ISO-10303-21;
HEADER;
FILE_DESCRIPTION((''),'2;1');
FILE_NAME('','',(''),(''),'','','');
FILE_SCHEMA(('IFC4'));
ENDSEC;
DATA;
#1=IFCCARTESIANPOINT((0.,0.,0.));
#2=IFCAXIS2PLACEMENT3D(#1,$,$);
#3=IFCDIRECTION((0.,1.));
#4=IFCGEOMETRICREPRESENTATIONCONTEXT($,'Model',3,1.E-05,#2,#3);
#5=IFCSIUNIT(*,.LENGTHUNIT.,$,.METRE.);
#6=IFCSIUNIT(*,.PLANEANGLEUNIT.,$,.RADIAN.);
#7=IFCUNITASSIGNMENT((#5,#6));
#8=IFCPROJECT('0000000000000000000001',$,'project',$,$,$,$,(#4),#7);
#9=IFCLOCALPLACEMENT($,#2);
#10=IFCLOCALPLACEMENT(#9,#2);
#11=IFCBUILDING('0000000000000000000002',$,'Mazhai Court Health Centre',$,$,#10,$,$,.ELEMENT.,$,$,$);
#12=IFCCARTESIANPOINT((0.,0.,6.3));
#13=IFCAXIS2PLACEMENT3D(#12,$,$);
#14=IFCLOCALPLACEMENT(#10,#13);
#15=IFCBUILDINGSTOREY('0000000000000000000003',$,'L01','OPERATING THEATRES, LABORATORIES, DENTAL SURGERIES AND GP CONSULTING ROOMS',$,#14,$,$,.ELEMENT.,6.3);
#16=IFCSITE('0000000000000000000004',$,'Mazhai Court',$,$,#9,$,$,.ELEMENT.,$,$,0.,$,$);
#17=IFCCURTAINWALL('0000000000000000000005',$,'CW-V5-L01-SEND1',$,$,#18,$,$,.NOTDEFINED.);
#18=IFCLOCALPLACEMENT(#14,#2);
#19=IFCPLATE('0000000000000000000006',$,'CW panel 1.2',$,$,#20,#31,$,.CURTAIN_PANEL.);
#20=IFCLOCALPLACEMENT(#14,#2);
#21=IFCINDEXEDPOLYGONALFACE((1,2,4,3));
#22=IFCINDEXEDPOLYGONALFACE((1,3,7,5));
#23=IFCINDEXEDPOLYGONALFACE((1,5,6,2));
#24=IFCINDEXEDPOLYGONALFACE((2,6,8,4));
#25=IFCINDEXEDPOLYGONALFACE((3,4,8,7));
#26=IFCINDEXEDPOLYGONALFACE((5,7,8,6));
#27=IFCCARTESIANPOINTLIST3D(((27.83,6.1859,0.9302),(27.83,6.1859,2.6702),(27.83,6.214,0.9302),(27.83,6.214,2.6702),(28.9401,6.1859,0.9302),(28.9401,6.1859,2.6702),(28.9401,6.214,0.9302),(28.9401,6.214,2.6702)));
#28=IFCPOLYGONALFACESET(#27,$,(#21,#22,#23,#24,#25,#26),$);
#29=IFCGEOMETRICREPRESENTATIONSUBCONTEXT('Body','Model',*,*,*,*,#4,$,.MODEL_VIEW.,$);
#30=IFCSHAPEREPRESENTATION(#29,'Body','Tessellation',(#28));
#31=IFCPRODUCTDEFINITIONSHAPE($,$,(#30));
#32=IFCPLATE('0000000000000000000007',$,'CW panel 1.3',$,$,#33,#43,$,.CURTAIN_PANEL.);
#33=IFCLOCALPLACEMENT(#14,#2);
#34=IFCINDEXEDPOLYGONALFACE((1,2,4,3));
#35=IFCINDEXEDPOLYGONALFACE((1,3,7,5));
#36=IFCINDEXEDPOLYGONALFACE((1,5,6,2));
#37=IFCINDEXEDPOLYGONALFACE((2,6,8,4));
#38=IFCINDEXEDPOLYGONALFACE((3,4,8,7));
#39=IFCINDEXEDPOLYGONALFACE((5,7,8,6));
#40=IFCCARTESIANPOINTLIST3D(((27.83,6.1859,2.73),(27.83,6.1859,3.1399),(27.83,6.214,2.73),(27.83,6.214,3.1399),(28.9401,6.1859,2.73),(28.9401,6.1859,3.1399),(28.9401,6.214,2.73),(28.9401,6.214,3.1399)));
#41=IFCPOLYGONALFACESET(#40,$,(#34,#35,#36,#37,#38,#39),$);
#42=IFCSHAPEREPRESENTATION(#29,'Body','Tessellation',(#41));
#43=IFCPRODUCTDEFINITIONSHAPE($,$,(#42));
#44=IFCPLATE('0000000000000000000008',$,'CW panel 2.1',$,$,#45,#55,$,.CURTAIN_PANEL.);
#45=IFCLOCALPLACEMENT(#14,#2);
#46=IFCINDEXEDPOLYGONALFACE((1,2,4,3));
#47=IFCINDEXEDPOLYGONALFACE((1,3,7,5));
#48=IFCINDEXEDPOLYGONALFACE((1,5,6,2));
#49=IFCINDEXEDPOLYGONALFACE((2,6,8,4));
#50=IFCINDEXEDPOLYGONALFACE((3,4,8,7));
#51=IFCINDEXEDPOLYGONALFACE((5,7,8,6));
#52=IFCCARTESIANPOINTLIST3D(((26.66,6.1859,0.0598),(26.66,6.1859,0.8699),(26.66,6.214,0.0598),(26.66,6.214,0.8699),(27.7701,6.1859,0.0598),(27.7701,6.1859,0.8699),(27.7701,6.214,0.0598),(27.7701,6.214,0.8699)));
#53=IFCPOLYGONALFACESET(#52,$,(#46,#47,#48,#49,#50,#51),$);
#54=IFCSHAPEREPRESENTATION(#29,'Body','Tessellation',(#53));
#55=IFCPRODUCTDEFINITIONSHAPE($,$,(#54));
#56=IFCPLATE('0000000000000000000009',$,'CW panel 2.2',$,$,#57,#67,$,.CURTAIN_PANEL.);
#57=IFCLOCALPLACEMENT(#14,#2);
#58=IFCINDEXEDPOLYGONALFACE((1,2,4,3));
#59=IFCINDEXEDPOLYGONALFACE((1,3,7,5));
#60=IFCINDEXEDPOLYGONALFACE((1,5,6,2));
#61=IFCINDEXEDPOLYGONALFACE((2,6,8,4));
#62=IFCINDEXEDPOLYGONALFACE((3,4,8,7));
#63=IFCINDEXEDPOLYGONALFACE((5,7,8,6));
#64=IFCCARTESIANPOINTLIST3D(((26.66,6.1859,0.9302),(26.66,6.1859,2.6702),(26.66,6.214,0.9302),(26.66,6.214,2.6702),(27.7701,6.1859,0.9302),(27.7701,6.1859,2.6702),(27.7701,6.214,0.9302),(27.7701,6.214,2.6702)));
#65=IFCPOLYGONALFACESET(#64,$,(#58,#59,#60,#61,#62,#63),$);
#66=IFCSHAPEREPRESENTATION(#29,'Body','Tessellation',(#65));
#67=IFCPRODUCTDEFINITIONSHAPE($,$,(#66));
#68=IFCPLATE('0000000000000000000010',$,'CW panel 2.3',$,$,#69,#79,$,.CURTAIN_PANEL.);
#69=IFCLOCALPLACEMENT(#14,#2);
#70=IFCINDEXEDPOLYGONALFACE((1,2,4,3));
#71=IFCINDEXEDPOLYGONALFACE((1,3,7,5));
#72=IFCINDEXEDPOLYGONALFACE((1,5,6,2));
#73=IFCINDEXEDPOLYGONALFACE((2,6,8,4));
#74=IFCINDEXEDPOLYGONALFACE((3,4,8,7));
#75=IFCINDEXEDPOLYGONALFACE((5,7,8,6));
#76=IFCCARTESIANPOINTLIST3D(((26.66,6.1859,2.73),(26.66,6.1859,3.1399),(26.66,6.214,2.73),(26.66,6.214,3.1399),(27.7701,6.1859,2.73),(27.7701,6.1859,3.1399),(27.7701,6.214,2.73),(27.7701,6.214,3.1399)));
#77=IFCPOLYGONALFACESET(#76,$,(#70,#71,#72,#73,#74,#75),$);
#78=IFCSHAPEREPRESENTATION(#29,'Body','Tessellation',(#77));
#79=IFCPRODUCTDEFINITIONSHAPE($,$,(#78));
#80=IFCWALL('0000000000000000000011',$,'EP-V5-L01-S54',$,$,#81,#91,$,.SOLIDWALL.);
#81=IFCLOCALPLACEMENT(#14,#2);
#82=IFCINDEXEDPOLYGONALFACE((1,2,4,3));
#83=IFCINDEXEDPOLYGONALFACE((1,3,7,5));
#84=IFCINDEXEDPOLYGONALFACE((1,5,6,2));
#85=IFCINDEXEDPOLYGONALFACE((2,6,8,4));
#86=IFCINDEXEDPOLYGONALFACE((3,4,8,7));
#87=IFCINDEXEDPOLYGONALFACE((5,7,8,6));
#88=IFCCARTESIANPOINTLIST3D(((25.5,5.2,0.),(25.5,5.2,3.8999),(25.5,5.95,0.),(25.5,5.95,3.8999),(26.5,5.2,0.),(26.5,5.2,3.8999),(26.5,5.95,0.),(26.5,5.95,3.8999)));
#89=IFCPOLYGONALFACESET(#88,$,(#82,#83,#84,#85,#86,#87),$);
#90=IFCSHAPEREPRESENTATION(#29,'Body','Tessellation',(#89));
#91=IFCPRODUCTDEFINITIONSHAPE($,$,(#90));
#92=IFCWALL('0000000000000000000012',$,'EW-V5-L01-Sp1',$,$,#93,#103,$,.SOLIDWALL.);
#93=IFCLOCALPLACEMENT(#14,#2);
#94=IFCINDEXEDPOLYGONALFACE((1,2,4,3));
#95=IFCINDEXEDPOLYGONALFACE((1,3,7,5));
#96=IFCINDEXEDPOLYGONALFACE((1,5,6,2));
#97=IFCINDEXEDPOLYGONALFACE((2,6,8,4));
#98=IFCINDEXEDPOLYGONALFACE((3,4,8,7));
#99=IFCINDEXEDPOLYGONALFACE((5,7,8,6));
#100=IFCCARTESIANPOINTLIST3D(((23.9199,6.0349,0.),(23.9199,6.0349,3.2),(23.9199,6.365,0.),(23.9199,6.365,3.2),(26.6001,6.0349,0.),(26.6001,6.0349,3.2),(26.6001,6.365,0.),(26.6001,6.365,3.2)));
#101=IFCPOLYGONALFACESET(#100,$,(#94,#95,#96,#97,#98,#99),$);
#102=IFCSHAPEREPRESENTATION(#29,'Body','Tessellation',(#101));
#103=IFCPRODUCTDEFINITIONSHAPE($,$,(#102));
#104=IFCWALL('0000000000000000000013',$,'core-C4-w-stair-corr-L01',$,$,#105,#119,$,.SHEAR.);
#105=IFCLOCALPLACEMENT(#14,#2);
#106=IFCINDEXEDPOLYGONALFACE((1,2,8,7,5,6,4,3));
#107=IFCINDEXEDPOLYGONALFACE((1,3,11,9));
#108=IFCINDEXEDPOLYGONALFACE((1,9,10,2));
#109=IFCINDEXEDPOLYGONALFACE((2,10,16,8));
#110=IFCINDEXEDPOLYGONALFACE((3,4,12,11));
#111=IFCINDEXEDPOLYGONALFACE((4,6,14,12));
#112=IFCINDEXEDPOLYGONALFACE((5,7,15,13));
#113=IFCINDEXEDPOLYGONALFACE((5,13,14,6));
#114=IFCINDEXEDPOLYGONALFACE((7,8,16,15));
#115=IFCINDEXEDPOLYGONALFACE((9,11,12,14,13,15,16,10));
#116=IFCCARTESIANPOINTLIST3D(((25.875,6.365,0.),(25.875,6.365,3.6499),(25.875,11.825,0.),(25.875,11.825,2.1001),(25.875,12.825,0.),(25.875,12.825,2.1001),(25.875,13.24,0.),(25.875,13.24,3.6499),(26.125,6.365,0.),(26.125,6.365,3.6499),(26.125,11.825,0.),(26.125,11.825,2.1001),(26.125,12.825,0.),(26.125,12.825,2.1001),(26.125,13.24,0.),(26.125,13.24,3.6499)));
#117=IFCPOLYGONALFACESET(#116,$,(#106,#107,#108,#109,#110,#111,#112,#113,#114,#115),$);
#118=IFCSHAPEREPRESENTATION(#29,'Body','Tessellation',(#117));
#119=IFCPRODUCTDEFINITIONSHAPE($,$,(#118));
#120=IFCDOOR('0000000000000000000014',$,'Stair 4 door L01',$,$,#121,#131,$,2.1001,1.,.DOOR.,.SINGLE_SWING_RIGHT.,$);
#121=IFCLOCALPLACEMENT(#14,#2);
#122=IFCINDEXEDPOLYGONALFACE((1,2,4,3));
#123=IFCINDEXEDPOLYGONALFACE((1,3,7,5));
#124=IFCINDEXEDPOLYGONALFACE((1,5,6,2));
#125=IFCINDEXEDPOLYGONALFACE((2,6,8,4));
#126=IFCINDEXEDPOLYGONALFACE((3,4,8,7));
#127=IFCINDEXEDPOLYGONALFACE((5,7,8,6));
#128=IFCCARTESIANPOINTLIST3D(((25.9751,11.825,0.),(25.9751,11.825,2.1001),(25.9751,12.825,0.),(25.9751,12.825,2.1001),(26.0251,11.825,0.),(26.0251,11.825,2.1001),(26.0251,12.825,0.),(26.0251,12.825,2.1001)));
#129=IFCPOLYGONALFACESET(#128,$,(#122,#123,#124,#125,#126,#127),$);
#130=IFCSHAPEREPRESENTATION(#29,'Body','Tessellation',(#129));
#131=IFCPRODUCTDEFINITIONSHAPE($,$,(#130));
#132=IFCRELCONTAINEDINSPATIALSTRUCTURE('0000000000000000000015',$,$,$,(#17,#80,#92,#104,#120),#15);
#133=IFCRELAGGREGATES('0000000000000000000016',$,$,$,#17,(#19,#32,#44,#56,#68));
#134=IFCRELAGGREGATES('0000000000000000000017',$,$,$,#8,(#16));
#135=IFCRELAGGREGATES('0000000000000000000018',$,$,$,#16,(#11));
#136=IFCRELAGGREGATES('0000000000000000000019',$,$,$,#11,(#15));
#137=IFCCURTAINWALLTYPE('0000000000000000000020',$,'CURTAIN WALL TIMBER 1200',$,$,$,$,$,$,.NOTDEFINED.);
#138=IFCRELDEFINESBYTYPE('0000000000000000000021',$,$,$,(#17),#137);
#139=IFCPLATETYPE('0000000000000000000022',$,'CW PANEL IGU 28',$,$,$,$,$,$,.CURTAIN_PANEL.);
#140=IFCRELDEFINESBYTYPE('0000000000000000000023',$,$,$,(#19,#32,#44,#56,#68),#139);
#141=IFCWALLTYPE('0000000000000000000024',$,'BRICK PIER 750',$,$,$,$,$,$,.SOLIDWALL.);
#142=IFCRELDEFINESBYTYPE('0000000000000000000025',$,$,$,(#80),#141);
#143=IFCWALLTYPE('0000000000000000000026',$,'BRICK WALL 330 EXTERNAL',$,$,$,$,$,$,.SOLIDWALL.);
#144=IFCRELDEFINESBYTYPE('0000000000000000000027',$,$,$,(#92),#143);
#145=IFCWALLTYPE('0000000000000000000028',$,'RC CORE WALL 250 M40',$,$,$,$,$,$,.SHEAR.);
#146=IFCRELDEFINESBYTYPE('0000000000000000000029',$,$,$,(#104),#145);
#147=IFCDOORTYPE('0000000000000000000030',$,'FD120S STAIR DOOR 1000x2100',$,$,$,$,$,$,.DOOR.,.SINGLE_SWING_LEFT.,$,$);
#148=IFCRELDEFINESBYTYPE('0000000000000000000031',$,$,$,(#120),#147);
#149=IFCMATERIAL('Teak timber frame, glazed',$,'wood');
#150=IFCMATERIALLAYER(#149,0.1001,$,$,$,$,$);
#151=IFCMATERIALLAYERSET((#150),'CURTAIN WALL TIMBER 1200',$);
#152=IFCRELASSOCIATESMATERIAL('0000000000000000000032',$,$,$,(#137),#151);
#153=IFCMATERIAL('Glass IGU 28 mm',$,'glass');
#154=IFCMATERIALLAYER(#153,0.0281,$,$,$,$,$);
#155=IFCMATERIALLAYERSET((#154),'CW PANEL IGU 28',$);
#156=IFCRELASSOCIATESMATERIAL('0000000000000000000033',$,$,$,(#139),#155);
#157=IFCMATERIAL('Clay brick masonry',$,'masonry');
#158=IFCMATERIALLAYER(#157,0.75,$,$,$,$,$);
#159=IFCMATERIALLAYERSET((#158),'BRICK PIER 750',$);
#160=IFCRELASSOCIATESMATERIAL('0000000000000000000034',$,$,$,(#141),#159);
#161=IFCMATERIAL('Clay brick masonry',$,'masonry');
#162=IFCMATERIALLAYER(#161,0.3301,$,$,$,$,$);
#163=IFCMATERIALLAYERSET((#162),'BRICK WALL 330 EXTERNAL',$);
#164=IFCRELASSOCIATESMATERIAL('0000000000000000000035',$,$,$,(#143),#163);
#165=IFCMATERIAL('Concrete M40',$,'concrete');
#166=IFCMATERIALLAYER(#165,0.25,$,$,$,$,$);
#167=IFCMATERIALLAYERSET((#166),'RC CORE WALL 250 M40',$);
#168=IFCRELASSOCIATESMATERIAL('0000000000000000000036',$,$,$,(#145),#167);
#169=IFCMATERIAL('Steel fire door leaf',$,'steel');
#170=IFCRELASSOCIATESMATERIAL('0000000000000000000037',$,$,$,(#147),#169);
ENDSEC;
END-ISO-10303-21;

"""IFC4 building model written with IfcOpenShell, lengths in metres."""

from ifc_helpers import new_model, si_unit, direction, frame, frame_2d, origin, origin_2d, place, context, subcontext, project, spatial, rectangle, extrude, material, layer, layer_set, type_object, element, fill, aggregate, save


model = new_model("IFC4")

# Units and contexts
model_context = context("Model", 3, precision=1e-05, world=origin(), true_north=direction((0.0, 1.0)))
body_context = subcontext(model_context, "Body", "Model", "MODEL_VIEW")
ifc_project = project(units=[si_unit("LENGTHUNIT", "METRE"), si_unit("PLANEANGLEUNIT", "RADIAN")], contexts=[model_context])

# Site, building, storey
site_placement = place(None, origin())
site = spatial("IfcSite", under=ifc_project, at=site_placement, Name="Mazhai Court", CompositionType="ELEMENT", RefElevation=0.0)
building_placement = place(site_placement, origin())
building = spatial("IfcBuilding", under=site, at=building_placement, Name="Mazhai Court Health Centre", CompositionType="ELEMENT")
storey_placement = place(building_placement, frame((0.0, 0.0, 6.3)))
storey = spatial("IfcBuildingStorey", under=building, at=storey_placement, Name="L01", Description="OPERATING THEATRES, LABORATORIES, DENTAL SURGERIES AND GP CONSULTING ROOMS", CompositionType="ELEMENT", Elevation=6.3)

# Curtain wall, plates
ifc_material_1 = material(Name="Teak timber frame, glazed", Category="wood")
ifc_layer_1 = layer(ifc_material_1, 0.1001)
ifc_layer_set_1 = layer_set([ifc_layer_1], Name="CURTAIN WALL TIMBER 1200")
curtain_wall_type = type_object("IfcCurtainWallType", Name="CURTAIN WALL TIMBER 1200", PredefinedType="NOTDEFINED", material=ifc_layer_set_1)
curtain_wall_placement = place(storey_placement, origin())
curtain_wall = element("IfcCurtainWall", 1, at=curtain_wall_placement, inside=storey, type_object=curtain_wall_type, Name="CW-V5-L01-SEND1", PredefinedType="NOTDEFINED")
ifc_material_2 = material(Name="Glass IGU 28 mm", Category="glass")
ifc_layer_2 = layer(ifc_material_2, 0.0281)
ifc_layer_set_2 = layer_set([ifc_layer_2], Name="CW PANEL IGU 28")
plate_type = type_object("IfcPlateType", Name="CW PANEL IGU 28", PredefinedType="CURTAIN_PANEL", material=ifc_layer_set_2)
plate_1_placement = place(storey_placement, frame((28.385, 6.2, 0.9302), z_axis=(0.0, 0.0, 1.0), x_axis=(-1.0, 0.0, 0.0)))
plate_1 = element("IfcPlate", 2, at=plate_1_placement, type_object=plate_type, Name="CW panel 1.2", PredefinedType="CURTAIN_PANEL", context=body_context, shape_type="SweptSolid", body=[
    extrude(rectangle(XDim=1.1101, YDim=0.0281, at=origin_2d()), origin(), (0.0, 0.0, 1.0), 1.74),
])
plate_2_placement = place(storey_placement, frame((28.385, 6.2, 2.73), z_axis=(0.0, 0.0, 1.0), x_axis=(-1.0, 0.0, 0.0)))
plate_2 = element("IfcPlate", 3, at=plate_2_placement, type_object=plate_type, Name="CW panel 1.3", PredefinedType="CURTAIN_PANEL", context=body_context, shape_type="SweptSolid", body=[
    extrude(rectangle(XDim=1.1101, YDim=0.0281, at=origin_2d()), origin(), (0.0, 0.0, 1.0), 0.4099),
])
plate_3_placement = place(storey_placement, frame((27.2151, 6.2, 0.0598), z_axis=(0.0, 0.0, 1.0), x_axis=(-1.0, 0.0, 0.0)))
plate_3 = element("IfcPlate", 4, at=plate_3_placement, type_object=plate_type, Name="CW panel 2.1", PredefinedType="CURTAIN_PANEL", context=body_context, shape_type="SweptSolid", body=[
    extrude(rectangle(XDim=1.1101, YDim=0.0281, at=origin_2d()), origin(), (0.0, 0.0, 1.0), 0.8101),
])
plate_4_placement = place(storey_placement, frame((27.2151, 6.2, 0.9302), z_axis=(0.0, 0.0, 1.0), x_axis=(-1.0, 0.0, 0.0)))
plate_4 = element("IfcPlate", 5, at=plate_4_placement, type_object=plate_type, Name="CW panel 2.2", PredefinedType="CURTAIN_PANEL", context=body_context, shape_type="SweptSolid", body=[
    extrude(rectangle(XDim=1.1101, YDim=0.0281, at=origin_2d()), origin(), (0.0, 0.0, 1.0), 1.74),
])
plate_5_placement = place(storey_placement, frame((27.2151, 6.2, 2.73), z_axis=(0.0, 0.0, 1.0), x_axis=(-1.0, 0.0, 0.0)))
plate_5 = element("IfcPlate", 6, at=plate_5_placement, type_object=plate_type, Name="CW panel 2.3", PredefinedType="CURTAIN_PANEL", context=body_context, shape_type="SweptSolid", body=[
    extrude(rectangle(XDim=1.1101, YDim=0.0281, at=origin_2d()), origin(), (0.0, 0.0, 1.0), 0.4099),
])
aggregate(curtain_wall, [plate_1, plate_2, plate_3, plate_4, plate_5])

# Walls
ifc_material_3 = material(Name="Clay brick masonry", Category="masonry")
ifc_layer_3 = layer(ifc_material_3, 0.75)
ifc_layer_set_3 = layer_set([ifc_layer_3], Name="BRICK PIER 750")
wall_type_1 = type_object("IfcWallType", Name="BRICK PIER 750", PredefinedType="SOLIDWALL", material=ifc_layer_set_3)
wall_1_placement = place(storey_placement, frame((26.5, 5.575, 0.0), z_axis=(0.0, 0.0, 1.0), x_axis=(-1.0, 0.0, 0.0)))
element("IfcWall", 7, at=wall_1_placement, inside=storey, type_object=wall_type_1, Name="EP-V5-L01-S54", PredefinedType="SOLIDWALL", context=body_context, shape_type="SweptSolid", body=[
    extrude(rectangle(XDim=1.0, YDim=0.75, at=frame_2d((0.5, 0.0))), origin(), (0.0, 0.0, 1.0), 3.8999),
])
ifc_material_4 = material(Name="Clay brick masonry", Category="masonry")
ifc_layer_4 = layer(ifc_material_4, 0.3301)
ifc_layer_set_4 = layer_set([ifc_layer_4], Name="BRICK WALL 330 EXTERNAL")
wall_type_2 = type_object("IfcWallType", Name="BRICK WALL 330 EXTERNAL", PredefinedType="SOLIDWALL", material=ifc_layer_set_4)
wall_2_placement = place(storey_placement, frame((26.6001, 6.2, 0.0), z_axis=(0.0, 0.0, 1.0), x_axis=(-1.0, 0.0, 0.0)))
element("IfcWall", 8, at=wall_2_placement, inside=storey, type_object=wall_type_2, Name="EW-V5-L01-Sp1", PredefinedType="SOLIDWALL", context=body_context, shape_type="SweptSolid", body=[
    extrude(rectangle(XDim=2.6802, YDim=0.3301, at=frame_2d((1.3401, 0.0))), origin(), (0.0, 0.0, 1.0), 3.2),
])

# Wall, opening, door
ifc_material_5 = material(Name="Concrete M40", Category="concrete")
ifc_layer_5 = layer(ifc_material_5, 0.25)
ifc_layer_set_5 = layer_set([ifc_layer_5], Name="RC CORE WALL 250 M40")
wall_type_3 = type_object("IfcWallType", Name="RC CORE WALL 250 M40", PredefinedType="SHEAR", material=ifc_layer_set_5)
wall_3_placement = place(storey_placement, frame((26.0, 6.365, 0.0), z_axis=(0.0, 0.0, 1.0), x_axis=(0.0, 1.0, 0.0)))
wall_3 = element("IfcWall", 9, at=wall_3_placement, inside=storey, type_object=wall_type_3, Name="core-C4-w-stair-corr-L01", PredefinedType="SHEAR", context=body_context, shape_type="SweptSolid", body=[
    extrude(rectangle(XDim=6.875, YDim=0.25, at=frame_2d((3.4375, 0.0))), origin(), (0.0, 0.0, 1.0), 3.6499),
])
opening_placement = place(wall_3_placement, frame((5.46, 0.0, 0.0)))
opening = element("IfcOpeningElement", 10, at=opening_placement, cuts=wall_3, PredefinedType="OPENING", context=body_context, shape_type="SweptSolid", body=[
    extrude(rectangle(XDim=1.0, YDim=2.1001, at=frame_2d((0.5, 1.05))), frame((0.0, 0.135, 0.0), z_axis=(0.0, -1.0, 0.0), x_axis=(1.0, 0.0, 0.0)), (0.0, 0.0, 1.0), 0.27),
])
ifc_material_6 = material(Name="Steel fire door leaf", Category="steel")
door_type = type_object("IfcDoorType", Name="FD120S STAIR DOOR 1000x2100", OperationType="SINGLE_SWING_LEFT", PredefinedType="DOOR", material=ifc_material_6)
door_placement = place(opening_placement, origin())
door = element("IfcDoor", 11, at=door_placement, inside=storey, type_object=door_type, Name="Stair 4 door L01", OperationType="SINGLE_SWING_RIGHT", OverallHeight=2.1001, OverallWidth=1.0, PredefinedType="DOOR", context=body_context, shape_type="SweptSolid", body=[
    extrude(rectangle(XDim=1.0, YDim=2.1001, at=frame_2d((0.5, 1.05))), frame((0.0, 0.0249, 0.0), z_axis=(0.0, -1.0, 0.0), x_axis=(1.0, 0.0, 0.0)), (0.0, 0.0, 1.0), 0.05),
])
fill(opening, door)

save(model, "model.ifc")
